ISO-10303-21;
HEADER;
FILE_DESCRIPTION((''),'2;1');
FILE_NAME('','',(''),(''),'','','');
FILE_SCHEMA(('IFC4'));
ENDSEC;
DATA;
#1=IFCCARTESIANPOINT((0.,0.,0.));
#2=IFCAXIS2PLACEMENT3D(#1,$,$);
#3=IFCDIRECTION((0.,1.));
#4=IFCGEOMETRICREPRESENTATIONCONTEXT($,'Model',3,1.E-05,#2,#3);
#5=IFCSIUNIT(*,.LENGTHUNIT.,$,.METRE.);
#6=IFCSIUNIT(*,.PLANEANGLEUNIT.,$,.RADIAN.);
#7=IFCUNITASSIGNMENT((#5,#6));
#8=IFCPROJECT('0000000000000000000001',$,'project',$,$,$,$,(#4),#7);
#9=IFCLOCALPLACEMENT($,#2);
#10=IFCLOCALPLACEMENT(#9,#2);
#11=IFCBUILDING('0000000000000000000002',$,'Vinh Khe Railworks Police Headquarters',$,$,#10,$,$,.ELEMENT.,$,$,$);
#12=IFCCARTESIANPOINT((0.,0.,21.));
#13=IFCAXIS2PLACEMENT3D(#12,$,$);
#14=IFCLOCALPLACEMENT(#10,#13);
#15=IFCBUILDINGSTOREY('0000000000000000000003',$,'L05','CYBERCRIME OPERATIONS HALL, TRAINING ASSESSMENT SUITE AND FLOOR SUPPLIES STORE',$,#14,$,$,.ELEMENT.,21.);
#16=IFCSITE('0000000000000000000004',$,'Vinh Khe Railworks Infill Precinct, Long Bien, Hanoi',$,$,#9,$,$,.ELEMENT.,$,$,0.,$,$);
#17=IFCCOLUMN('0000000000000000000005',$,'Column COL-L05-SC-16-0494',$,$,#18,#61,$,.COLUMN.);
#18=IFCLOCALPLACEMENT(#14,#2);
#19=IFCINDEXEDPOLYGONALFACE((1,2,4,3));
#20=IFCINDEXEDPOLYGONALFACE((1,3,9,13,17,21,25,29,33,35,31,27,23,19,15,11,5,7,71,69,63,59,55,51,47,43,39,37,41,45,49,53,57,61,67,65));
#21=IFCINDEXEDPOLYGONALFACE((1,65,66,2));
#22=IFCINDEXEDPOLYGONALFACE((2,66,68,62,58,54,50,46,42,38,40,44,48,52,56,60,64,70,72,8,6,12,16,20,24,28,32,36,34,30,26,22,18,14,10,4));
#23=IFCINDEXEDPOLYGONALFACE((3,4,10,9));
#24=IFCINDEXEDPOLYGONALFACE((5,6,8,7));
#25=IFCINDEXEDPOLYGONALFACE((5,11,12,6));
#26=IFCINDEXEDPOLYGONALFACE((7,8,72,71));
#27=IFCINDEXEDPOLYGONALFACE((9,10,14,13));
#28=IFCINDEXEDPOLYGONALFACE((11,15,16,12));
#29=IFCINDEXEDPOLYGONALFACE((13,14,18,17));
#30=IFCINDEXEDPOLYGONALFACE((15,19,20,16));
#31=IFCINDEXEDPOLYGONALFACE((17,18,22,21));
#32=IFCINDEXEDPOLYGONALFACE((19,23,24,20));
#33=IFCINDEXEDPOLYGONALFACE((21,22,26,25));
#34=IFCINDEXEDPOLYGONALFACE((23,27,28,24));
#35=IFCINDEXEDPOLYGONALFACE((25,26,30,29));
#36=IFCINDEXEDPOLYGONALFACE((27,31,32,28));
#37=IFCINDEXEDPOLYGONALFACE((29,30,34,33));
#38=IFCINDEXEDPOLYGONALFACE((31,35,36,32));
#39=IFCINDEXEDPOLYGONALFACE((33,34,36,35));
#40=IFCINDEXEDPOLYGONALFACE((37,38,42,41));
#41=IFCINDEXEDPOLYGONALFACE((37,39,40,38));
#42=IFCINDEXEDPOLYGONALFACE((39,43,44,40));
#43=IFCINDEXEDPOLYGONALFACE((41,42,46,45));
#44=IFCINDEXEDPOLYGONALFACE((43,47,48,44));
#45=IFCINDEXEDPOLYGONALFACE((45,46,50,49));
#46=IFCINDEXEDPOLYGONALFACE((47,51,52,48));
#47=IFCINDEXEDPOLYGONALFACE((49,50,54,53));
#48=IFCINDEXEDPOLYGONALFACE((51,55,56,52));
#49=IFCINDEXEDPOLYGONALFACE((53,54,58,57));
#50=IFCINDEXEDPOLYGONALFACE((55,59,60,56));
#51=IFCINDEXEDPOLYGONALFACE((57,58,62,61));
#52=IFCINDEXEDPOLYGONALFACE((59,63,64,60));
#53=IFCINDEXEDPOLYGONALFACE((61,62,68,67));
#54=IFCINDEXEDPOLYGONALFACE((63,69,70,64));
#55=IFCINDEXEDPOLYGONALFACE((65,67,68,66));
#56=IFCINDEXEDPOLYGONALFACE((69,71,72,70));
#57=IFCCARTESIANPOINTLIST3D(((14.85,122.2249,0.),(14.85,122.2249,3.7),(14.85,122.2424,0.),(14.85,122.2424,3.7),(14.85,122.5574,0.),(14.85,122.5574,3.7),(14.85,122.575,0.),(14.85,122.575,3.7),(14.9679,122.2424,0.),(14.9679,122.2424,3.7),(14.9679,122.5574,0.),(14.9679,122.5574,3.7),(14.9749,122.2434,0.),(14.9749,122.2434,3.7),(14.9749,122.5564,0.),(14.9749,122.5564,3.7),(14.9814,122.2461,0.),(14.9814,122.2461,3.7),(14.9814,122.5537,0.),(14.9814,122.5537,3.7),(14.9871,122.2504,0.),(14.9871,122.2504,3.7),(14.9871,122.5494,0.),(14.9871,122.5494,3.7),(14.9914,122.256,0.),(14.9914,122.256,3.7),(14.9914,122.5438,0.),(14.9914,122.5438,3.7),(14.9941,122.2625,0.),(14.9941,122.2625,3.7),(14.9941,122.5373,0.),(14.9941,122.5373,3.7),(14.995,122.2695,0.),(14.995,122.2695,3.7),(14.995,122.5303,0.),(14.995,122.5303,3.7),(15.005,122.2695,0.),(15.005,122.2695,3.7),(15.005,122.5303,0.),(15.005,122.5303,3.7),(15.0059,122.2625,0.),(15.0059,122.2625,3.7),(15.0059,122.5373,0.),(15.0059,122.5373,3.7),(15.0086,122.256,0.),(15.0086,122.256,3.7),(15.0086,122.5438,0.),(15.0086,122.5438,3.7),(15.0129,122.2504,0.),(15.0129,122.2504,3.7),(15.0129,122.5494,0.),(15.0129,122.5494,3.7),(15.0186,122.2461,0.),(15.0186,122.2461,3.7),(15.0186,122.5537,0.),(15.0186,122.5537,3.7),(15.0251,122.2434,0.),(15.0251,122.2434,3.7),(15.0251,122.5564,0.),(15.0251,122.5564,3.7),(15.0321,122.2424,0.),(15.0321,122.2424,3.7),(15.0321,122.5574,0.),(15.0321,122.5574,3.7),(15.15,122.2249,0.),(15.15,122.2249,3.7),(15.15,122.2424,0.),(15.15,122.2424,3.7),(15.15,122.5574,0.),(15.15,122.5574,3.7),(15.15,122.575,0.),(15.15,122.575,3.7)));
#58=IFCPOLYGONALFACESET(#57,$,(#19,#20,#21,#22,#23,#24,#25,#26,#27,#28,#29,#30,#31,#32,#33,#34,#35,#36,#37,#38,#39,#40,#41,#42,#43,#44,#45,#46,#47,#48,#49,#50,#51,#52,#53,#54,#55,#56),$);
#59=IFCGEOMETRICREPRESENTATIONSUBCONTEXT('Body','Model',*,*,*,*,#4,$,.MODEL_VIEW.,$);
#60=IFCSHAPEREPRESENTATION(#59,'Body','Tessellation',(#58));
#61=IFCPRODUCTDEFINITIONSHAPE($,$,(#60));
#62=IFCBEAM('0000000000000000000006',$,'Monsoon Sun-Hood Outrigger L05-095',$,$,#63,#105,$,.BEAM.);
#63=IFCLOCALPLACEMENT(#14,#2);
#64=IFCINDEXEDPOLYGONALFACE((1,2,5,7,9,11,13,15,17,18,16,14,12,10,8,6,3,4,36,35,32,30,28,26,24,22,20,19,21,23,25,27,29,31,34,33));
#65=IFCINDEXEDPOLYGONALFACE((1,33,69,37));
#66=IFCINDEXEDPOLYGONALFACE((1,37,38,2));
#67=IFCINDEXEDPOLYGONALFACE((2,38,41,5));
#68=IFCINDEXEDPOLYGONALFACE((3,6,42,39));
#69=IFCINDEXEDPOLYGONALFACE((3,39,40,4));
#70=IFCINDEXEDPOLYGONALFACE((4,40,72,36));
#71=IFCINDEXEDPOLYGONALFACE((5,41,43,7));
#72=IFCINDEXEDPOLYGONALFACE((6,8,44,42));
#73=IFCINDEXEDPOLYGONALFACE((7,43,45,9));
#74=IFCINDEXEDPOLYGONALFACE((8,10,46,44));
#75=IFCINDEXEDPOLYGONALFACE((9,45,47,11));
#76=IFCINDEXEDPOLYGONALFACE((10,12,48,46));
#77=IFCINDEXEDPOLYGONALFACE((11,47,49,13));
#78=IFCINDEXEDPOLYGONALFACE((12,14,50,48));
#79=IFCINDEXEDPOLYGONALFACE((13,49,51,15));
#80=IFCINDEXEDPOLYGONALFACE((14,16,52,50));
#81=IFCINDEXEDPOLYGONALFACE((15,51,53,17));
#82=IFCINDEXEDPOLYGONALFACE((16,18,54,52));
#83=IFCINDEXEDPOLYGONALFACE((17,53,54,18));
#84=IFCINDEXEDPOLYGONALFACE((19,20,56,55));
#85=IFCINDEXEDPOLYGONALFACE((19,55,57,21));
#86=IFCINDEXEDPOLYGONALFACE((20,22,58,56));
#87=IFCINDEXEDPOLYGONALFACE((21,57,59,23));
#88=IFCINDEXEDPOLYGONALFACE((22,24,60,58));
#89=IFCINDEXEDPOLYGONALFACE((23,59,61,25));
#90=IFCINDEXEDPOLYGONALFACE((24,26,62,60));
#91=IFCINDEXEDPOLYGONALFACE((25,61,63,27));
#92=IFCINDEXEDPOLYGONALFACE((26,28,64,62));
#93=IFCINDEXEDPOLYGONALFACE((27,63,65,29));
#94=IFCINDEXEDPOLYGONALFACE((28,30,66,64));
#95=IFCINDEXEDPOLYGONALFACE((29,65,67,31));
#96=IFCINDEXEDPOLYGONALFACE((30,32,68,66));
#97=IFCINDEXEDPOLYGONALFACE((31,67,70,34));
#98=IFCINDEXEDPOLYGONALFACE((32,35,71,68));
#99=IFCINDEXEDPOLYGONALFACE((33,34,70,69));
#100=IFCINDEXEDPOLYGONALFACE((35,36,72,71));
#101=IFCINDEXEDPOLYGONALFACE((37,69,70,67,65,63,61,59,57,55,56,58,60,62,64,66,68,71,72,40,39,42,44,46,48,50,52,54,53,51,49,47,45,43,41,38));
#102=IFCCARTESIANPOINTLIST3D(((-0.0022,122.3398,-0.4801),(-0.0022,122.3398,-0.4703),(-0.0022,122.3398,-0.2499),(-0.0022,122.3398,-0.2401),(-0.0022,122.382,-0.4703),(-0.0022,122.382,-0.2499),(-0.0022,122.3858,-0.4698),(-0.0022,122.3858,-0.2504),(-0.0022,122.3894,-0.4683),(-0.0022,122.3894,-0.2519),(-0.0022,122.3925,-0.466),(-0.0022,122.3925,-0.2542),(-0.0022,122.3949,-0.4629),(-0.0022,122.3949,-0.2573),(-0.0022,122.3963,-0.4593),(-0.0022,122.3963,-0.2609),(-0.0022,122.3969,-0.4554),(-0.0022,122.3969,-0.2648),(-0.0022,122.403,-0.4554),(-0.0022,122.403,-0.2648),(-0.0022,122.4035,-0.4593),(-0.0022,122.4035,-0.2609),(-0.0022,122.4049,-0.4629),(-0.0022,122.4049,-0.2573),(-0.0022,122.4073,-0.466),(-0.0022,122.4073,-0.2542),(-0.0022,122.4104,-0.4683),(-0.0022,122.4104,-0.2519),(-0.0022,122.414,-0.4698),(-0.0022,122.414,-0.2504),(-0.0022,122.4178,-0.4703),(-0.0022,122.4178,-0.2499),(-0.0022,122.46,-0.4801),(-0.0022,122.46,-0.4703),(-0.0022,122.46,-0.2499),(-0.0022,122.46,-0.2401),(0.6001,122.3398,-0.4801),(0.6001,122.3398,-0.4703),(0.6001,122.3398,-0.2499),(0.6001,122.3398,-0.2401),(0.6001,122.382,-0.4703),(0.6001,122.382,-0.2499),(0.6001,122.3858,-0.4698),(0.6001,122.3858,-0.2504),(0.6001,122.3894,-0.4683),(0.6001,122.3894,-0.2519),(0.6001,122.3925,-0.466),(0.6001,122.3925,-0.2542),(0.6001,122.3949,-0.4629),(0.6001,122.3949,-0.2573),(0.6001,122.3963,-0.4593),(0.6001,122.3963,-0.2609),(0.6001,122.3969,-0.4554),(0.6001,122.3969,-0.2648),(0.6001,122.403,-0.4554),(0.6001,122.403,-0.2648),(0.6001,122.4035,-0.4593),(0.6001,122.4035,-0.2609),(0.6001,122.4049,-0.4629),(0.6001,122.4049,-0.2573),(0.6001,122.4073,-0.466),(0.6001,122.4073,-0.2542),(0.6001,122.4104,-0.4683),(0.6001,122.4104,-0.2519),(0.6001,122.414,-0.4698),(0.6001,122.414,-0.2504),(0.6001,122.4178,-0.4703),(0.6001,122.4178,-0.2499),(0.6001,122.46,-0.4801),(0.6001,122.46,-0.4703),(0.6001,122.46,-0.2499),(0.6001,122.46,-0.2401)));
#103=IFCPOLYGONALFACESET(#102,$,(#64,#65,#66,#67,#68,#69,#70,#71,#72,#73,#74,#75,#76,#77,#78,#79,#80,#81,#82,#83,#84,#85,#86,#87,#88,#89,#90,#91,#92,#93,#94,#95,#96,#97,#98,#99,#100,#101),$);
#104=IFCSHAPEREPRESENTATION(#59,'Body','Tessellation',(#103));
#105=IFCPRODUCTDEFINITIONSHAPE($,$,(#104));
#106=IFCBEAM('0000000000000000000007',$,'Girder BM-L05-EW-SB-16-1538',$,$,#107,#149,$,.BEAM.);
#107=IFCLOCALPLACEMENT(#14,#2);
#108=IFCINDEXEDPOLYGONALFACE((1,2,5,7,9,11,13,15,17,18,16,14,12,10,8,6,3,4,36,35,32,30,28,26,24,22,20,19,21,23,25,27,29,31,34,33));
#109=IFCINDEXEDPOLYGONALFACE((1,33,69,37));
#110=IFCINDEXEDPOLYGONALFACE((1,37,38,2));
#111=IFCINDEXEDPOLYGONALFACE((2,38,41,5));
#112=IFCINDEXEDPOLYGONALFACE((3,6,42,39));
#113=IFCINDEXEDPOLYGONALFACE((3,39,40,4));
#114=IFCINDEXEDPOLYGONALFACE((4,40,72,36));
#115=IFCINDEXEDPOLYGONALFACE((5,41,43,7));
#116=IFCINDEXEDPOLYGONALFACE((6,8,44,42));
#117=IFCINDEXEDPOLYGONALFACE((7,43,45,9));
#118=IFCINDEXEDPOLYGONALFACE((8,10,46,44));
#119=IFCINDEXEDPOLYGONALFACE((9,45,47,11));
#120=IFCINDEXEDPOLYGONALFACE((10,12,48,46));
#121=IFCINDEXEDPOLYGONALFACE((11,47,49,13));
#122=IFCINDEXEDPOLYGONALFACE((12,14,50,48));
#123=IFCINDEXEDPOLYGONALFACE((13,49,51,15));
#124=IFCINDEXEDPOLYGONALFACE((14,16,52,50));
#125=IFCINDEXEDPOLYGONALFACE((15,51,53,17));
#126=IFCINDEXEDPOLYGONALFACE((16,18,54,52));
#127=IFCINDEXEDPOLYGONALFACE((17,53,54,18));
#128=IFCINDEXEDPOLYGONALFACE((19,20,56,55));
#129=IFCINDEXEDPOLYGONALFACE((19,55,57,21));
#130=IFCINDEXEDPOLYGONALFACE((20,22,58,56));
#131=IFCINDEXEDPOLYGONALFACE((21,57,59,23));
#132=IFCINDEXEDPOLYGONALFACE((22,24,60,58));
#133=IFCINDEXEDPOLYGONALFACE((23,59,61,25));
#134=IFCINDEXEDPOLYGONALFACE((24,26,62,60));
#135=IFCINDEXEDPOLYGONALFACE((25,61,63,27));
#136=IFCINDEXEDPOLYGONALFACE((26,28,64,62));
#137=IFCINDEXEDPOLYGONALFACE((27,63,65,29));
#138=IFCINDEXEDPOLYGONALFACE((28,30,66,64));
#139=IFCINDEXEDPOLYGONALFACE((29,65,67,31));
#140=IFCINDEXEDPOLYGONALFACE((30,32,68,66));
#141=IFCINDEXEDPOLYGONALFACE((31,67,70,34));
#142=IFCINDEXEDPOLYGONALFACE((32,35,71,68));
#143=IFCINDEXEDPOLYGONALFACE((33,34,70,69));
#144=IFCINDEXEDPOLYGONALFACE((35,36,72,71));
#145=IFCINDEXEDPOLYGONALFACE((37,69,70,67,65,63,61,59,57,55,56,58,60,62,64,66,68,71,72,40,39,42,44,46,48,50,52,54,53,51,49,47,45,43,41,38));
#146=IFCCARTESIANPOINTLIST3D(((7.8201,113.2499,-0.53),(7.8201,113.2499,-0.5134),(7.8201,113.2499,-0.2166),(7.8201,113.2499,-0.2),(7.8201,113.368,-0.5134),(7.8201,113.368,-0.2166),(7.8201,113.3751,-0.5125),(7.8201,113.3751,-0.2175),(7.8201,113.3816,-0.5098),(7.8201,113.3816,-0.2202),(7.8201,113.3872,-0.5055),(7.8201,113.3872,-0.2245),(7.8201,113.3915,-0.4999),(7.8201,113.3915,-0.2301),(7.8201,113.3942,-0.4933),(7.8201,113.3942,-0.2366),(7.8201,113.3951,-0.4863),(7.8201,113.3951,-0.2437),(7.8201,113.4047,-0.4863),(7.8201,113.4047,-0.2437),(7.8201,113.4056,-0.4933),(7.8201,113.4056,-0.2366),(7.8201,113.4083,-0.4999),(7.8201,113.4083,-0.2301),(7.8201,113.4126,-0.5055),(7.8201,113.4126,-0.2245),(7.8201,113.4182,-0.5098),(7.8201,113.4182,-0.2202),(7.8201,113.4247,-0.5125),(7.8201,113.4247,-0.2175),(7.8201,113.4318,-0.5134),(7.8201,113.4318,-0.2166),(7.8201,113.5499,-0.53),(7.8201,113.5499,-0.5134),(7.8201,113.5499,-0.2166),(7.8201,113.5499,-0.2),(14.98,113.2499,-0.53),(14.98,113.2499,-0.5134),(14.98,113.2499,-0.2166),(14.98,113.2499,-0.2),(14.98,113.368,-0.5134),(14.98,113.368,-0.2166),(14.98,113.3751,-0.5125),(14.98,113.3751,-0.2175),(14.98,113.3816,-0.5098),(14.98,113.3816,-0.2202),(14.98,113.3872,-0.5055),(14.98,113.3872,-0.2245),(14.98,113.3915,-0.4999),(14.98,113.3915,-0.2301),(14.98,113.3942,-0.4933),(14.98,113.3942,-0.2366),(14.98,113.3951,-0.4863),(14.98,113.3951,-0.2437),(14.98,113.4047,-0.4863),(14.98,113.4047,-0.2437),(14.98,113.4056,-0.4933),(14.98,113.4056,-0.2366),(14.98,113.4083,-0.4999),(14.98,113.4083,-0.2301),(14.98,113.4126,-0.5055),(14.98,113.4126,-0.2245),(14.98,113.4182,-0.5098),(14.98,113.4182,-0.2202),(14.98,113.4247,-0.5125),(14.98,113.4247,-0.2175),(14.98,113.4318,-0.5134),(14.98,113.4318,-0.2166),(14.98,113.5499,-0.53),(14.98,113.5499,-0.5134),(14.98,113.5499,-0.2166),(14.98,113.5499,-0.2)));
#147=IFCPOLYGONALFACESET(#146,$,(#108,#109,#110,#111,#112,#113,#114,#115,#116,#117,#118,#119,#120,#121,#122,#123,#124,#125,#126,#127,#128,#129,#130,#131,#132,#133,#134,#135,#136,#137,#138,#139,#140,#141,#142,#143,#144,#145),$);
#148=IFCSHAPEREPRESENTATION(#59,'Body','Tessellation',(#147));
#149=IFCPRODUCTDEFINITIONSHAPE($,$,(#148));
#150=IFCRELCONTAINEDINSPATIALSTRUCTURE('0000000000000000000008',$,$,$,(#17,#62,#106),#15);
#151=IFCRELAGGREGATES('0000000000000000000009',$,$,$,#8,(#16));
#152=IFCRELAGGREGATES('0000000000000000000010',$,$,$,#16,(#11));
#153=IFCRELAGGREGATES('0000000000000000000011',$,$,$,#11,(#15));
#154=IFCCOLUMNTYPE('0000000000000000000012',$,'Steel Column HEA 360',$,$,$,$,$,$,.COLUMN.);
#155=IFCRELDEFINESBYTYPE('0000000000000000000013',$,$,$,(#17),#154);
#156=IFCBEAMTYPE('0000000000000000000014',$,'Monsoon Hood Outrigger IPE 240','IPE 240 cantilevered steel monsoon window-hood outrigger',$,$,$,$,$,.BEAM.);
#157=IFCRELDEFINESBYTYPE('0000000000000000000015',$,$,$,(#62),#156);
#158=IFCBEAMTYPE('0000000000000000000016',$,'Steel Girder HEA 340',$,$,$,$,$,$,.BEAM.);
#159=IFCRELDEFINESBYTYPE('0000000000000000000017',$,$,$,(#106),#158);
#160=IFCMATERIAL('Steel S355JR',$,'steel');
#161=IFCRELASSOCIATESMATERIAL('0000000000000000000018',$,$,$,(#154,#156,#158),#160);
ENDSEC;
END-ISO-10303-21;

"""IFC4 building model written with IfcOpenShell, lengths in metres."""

from ifc_helpers import new_model, si_unit, direction, frame, origin, origin_2d, place, context, subcontext, project, spatial, i_section, extrude, material, material_profile, profile_set, type_object, element, save


model = new_model("IFC4")

# Units and contexts
model_context = context("Model", 3, precision=1e-05, world=origin(), true_north=direction((0.0, 1.0)))
body_context = subcontext(model_context, "Body", "Model", "MODEL_VIEW")
ifc_project = project(units=[si_unit("LENGTHUNIT", "METRE"), si_unit("PLANEANGLEUNIT", "RADIAN")], contexts=[model_context])

# Site, building, storey
site_placement = place(None, origin())
site = spatial("IfcSite", under=ifc_project, at=site_placement, Name="Vinh Khe Railworks Infill Precinct, Long Bien, Hanoi", CompositionType="ELEMENT", RefElevation=0.0)
building_placement = place(site_placement, origin())
building = spatial("IfcBuilding", under=site, at=building_placement, Name="Vinh Khe Railworks Police Headquarters", CompositionType="ELEMENT")
storey_placement = place(building_placement, frame((0.0, 0.0, 21.0)))
storey = spatial("IfcBuildingStorey", under=building, at=storey_placement, Name="L05", Description="CYBERCRIME OPERATIONS HALL, TRAINING ASSESSMENT SUITE AND FLOOR SUPPLIES STORE", CompositionType="ELEMENT", Elevation=21.0)

# Column
ifc_material_1 = material(Name="Steel S355JR", Category="steel")
ifc_material_profile_1 = material_profile(ifc_material_1, i_section(OverallWidth=0.3, OverallDepth=0.3501, WebThickness=0.01, FlangeThickness=0.0176, FilletRadius=0.0271, at=origin_2d()), Name="HEA 360")
ifc_profile_set_1 = profile_set([ifc_material_profile_1], Name="Steel S355JR")
column_type_1 = type_object("IfcColumnType", Name="Steel Column HEA 360", PredefinedType="COLUMN", material=ifc_profile_set_1)
column_1_placement = place(storey_placement, frame((15.0, 122.3999, 0.0), z_axis=(0.0, 0.0, 1.0), x_axis=(1.0, 0.0, 0.0)))
element("IfcColumn", 1, at=column_1_placement, inside=storey, type_object=column_type_1, Name="Column COL-L05-SC-16-0494", PredefinedType="COLUMN", context=body_context, shape_type="SweptSolid", body=[
    extrude(i_section(OverallWidth=0.3, OverallDepth=0.3501, WebThickness=0.01, FlangeThickness=0.0176, FilletRadius=0.0271, at=origin_2d()), origin(), (0.0, 0.0, 1.0), 3.7),
])

# Beams
ifc_material_profile_2 = material_profile(ifc_material_1, i_section(OverallWidth=0.1201, OverallDepth=0.24, WebThickness=0.0061, FlangeThickness=0.0098, FilletRadius=0.0149, at=origin_2d()), Name="IPE 240")
ifc_profile_set_2 = profile_set([ifc_material_profile_2], Name="Steel S355JR")
beam_type_1 = type_object("IfcBeamType", Name="Monsoon Hood Outrigger IPE 240", Description="IPE 240 cantilevered steel monsoon window-hood outrigger", PredefinedType="BEAM", material=ifc_profile_set_2)
beam_1_placement = place(storey_placement, frame((-0.0022, 122.3999, -0.3601), z_axis=(1.0, 0.0, 0.0), x_axis=(0.0, 1.0, 0.0)))
element("IfcBeam", 2, at=beam_1_placement, inside=storey, type_object=beam_type_1, Name="Monsoon Sun-Hood Outrigger L05-095", PredefinedType="BEAM", context=body_context, shape_type="SweptSolid", body=[
    extrude(i_section(OverallWidth=0.1201, OverallDepth=0.24, WebThickness=0.0061, FlangeThickness=0.0098, FilletRadius=0.0149, at=origin_2d()), origin(), (0.0, 0.0, 1.0), 0.6023),
])
ifc_material_profile_3 = material_profile(ifc_material_1, i_section(OverallWidth=0.3, OverallDepth=0.3301, WebThickness=0.0095, FlangeThickness=0.0166, FilletRadius=0.0271, at=origin_2d()), Name="HEA 340")
ifc_profile_set_3 = profile_set([ifc_material_profile_3], Name="Steel S355JR")
beam_type_2 = type_object("IfcBeamType", Name="Steel Girder HEA 340", PredefinedType="BEAM", material=ifc_profile_set_3)
beam_2_placement = place(storey_placement, frame((7.8201, 113.3999, -0.365), z_axis=(1.0, 0.0, 0.0), x_axis=(0.0, 1.0, 0.0)))
element("IfcBeam", 3, at=beam_2_placement, inside=storey, type_object=beam_type_2, Name="Girder BM-L05-EW-SB-16-1538", PredefinedType="BEAM", context=body_context, shape_type="SweptSolid", body=[
    extrude(i_section(OverallWidth=0.3, OverallDepth=0.3301, WebThickness=0.0095, FlangeThickness=0.0166, FilletRadius=0.0271, at=origin_2d()), origin(), (0.0, 0.0, 1.0), 7.1599),
])

save(model, "model.ifc")
